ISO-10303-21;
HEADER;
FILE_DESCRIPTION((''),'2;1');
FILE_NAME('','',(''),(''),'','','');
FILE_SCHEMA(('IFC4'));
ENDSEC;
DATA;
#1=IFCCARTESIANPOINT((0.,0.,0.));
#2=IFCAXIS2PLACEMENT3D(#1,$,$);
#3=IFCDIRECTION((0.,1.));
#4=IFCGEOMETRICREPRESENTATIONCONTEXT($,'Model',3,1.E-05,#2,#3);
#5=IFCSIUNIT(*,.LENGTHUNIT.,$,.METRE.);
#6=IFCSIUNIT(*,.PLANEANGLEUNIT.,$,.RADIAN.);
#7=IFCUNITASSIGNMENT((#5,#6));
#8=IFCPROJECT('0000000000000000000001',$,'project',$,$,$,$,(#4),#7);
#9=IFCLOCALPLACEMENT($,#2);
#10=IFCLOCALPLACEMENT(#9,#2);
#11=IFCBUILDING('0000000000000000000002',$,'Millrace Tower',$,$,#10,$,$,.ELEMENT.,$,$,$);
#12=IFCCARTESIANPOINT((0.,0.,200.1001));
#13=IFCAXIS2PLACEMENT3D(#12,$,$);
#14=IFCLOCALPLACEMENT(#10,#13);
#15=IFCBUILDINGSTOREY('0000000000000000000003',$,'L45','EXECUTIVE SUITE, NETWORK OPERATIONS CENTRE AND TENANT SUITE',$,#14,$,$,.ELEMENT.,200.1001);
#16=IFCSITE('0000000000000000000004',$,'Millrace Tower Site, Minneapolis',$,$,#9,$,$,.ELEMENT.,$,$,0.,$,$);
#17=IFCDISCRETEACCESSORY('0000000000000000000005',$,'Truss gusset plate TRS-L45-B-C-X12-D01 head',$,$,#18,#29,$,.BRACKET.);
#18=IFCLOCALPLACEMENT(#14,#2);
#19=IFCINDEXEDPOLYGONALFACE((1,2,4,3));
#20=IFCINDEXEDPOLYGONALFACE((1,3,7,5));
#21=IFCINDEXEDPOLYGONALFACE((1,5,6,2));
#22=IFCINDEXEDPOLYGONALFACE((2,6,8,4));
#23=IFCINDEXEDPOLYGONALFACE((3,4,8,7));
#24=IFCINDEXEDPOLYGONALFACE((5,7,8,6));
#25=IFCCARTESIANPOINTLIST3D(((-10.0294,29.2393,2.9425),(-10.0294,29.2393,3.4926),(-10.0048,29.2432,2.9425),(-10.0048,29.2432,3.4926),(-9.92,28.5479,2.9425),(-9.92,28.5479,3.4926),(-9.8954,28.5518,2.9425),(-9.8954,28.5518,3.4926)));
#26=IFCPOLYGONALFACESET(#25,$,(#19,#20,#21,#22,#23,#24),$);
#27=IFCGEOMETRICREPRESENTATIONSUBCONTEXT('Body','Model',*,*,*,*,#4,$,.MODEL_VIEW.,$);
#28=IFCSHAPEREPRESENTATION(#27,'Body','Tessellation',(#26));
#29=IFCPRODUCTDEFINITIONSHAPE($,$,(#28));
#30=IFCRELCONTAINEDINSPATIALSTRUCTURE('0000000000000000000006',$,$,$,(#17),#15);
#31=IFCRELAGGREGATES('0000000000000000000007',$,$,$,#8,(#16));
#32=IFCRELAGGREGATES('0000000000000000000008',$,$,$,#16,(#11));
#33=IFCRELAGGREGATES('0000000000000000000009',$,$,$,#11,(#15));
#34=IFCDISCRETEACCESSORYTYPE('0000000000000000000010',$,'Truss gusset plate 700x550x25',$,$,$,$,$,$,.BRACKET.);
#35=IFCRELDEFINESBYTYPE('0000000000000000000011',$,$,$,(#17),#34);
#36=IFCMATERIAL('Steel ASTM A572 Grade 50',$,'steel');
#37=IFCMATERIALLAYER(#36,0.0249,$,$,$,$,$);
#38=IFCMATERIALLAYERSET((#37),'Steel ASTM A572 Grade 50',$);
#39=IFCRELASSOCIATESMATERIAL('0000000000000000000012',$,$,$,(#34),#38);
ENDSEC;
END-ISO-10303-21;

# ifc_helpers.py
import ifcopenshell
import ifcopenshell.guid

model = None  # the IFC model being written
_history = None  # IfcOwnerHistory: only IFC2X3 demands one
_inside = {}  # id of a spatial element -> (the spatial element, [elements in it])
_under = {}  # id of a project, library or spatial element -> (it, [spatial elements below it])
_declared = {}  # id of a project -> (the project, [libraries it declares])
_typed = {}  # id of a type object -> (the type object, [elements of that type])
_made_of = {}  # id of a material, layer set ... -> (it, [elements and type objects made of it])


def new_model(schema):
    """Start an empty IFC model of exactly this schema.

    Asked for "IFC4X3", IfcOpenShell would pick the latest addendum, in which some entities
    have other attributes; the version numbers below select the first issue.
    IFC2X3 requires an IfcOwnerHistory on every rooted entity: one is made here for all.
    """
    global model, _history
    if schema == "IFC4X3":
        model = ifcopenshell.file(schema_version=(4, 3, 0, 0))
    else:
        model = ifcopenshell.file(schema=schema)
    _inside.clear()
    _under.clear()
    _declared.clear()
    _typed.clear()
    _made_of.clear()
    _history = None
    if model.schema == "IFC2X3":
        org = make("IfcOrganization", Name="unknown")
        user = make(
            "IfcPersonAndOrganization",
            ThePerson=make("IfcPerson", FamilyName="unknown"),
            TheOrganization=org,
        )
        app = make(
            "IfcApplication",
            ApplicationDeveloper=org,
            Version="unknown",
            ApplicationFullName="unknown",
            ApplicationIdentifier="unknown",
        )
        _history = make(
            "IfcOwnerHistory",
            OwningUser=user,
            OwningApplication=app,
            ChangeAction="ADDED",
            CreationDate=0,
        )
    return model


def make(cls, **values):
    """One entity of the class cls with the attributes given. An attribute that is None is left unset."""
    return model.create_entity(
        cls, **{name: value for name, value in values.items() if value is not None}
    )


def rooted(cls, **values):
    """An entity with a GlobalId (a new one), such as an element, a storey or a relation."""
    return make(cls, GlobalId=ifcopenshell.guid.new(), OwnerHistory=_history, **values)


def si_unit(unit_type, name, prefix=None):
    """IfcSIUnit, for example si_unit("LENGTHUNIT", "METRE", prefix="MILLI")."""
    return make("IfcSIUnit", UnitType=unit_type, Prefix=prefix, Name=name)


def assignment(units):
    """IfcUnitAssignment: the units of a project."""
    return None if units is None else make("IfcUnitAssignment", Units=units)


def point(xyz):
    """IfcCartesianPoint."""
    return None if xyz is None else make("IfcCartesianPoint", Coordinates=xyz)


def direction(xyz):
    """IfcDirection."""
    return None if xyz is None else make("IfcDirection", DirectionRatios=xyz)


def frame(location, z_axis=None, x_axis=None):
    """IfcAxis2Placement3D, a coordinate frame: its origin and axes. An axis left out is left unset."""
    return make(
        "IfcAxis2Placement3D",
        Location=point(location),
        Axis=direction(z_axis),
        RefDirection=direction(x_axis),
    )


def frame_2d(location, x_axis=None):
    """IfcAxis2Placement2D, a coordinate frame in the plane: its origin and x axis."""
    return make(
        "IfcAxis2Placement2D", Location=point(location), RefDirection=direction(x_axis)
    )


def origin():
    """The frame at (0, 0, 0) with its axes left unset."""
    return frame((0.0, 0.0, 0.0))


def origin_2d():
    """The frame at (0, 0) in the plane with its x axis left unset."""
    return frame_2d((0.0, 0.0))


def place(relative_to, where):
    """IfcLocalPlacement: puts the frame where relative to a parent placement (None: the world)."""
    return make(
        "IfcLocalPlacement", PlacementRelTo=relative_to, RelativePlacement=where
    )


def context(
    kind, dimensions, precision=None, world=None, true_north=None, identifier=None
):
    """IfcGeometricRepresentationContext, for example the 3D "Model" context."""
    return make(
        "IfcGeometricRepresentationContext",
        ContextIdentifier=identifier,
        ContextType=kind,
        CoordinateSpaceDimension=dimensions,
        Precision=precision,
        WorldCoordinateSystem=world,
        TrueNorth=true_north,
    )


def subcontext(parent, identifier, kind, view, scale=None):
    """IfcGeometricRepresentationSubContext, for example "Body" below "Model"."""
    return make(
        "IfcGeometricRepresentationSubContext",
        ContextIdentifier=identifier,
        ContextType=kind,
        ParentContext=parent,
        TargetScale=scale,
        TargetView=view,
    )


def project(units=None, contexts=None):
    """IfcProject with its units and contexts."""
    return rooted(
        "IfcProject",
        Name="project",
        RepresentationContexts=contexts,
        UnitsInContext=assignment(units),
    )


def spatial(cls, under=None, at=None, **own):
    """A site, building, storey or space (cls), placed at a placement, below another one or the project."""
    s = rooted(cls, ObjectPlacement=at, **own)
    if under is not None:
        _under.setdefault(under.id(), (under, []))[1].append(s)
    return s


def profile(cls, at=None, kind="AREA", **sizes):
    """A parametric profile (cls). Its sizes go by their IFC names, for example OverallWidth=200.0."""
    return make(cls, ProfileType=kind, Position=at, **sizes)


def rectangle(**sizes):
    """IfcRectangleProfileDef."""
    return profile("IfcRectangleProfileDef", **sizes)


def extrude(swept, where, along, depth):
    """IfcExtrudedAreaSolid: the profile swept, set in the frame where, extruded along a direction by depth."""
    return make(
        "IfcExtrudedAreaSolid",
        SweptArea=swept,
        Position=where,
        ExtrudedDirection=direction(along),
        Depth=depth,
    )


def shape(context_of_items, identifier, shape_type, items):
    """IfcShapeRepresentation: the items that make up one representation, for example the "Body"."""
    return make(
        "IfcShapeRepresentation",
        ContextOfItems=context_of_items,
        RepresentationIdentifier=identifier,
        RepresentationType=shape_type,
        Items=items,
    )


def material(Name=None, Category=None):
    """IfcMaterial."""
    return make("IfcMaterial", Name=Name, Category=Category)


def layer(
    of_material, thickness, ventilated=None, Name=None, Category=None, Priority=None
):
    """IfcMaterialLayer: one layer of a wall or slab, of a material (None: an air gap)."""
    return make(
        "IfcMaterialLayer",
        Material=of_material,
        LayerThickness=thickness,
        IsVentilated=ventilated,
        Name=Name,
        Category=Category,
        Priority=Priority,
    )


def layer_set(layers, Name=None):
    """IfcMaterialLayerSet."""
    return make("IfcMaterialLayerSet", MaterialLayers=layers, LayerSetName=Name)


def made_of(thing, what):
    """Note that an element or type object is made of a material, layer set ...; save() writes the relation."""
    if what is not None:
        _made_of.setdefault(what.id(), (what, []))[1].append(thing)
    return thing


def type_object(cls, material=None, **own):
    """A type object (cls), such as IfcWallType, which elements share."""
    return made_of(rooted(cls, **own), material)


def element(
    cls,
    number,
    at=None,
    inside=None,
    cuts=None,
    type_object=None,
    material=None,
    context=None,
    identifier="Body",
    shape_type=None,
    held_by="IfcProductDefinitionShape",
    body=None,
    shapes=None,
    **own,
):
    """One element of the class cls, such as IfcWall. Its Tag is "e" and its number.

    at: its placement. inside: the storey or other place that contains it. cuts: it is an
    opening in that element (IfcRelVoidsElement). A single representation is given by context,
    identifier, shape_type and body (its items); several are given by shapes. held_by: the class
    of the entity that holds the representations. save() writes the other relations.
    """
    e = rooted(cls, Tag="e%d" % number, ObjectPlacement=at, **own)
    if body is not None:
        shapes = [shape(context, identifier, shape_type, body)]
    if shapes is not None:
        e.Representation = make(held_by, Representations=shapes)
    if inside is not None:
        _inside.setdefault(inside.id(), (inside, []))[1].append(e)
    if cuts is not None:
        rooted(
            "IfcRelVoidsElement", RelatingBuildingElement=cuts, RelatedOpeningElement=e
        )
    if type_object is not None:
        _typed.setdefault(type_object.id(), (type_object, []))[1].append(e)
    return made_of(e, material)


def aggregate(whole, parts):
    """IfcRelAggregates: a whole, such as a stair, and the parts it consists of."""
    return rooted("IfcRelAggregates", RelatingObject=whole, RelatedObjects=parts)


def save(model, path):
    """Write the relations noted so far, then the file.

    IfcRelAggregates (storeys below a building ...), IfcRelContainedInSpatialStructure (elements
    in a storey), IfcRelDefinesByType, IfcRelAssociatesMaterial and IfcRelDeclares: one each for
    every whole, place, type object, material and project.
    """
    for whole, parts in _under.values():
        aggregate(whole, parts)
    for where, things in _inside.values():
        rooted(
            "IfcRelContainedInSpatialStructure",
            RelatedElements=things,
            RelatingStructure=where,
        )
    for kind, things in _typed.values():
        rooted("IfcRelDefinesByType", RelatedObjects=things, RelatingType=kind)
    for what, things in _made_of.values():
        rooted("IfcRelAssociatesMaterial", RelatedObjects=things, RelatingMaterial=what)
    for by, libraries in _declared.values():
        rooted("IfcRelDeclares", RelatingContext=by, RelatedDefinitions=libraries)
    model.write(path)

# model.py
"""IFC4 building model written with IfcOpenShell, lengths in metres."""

from ifc_helpers import new_model, si_unit, direction, frame, origin, origin_2d, place, context, subcontext, project, spatial, rectangle, extrude, material, layer, layer_set, type_object, element, save


model = new_model("IFC4")

# Units and contexts
model_context = context("Model", 3, precision=1e-05, world=origin(), true_north=direction((0.0, 1.0)))
body_context = subcontext(model_context, "Body", "Model", "MODEL_VIEW")
ifc_project = project(units=[si_unit("LENGTHUNIT", "METRE"), si_unit("PLANEANGLEUNIT", "RADIAN")], contexts=[model_context])

# Site, building, storey
site_placement = place(None, origin())
site = spatial("IfcSite", under=ifc_project, at=site_placement, Name="Millrace Tower Site, Minneapolis", CompositionType="ELEMENT", RefElevation=0.0)
building_placement = place(site_placement, origin())
building = spatial("IfcBuilding", under=site, at=building_placement, Name="Millrace Tower", CompositionType="ELEMENT")
storey_placement = place(building_placement, frame((0.0, 0.0, 200.1001)))
storey = spatial("IfcBuildingStorey", under=building, at=storey_placement, Name="L45", Description="EXECUTIVE SUITE, NETWORK OPERATIONS CENTRE AND TENANT SUITE", CompositionType="ELEMENT", Elevation=200.1001)

# Discrete accessory
ifc_material_1 = material(Name="Steel ASTM A572 Grade 50", Category="steel")
ifc_layer_1 = layer(ifc_material_1, 0.0249)
ifc_layer_set_1 = layer_set([ifc_layer_1], Name="Steel ASTM A572 Grade 50")
discrete_accessory_type_1 = type_object("IfcDiscreteAccessoryType", Name="Truss gusset plate 700x550x25", PredefinedType="BRACKET", material=ifc_layer_set_1)
for number, where, z_axis, x_axis, name in (
    (1, (-10.0171, 29.2412, 3.2175), (0.156249, -0.987718, 0.0), (0.987718, 0.156249, 0.0), "Truss gusset plate TRS-L45-B-C-X12-D01 head"),
):
    element("IfcDiscreteAccessory", number, at=place(storey_placement, frame(where, z_axis=z_axis, x_axis=x_axis)), inside=storey, type_object=discrete_accessory_type_1, Name=name, PredefinedType="BRACKET", context=body_context, shape_type="SweptSolid", body=[
        extrude(rectangle(XDim=0.0249, YDim=0.55, at=origin_2d()), origin(), (0.0, 0.0, 1.0), 0.7),
    ])

save(model, "model.ifc")
